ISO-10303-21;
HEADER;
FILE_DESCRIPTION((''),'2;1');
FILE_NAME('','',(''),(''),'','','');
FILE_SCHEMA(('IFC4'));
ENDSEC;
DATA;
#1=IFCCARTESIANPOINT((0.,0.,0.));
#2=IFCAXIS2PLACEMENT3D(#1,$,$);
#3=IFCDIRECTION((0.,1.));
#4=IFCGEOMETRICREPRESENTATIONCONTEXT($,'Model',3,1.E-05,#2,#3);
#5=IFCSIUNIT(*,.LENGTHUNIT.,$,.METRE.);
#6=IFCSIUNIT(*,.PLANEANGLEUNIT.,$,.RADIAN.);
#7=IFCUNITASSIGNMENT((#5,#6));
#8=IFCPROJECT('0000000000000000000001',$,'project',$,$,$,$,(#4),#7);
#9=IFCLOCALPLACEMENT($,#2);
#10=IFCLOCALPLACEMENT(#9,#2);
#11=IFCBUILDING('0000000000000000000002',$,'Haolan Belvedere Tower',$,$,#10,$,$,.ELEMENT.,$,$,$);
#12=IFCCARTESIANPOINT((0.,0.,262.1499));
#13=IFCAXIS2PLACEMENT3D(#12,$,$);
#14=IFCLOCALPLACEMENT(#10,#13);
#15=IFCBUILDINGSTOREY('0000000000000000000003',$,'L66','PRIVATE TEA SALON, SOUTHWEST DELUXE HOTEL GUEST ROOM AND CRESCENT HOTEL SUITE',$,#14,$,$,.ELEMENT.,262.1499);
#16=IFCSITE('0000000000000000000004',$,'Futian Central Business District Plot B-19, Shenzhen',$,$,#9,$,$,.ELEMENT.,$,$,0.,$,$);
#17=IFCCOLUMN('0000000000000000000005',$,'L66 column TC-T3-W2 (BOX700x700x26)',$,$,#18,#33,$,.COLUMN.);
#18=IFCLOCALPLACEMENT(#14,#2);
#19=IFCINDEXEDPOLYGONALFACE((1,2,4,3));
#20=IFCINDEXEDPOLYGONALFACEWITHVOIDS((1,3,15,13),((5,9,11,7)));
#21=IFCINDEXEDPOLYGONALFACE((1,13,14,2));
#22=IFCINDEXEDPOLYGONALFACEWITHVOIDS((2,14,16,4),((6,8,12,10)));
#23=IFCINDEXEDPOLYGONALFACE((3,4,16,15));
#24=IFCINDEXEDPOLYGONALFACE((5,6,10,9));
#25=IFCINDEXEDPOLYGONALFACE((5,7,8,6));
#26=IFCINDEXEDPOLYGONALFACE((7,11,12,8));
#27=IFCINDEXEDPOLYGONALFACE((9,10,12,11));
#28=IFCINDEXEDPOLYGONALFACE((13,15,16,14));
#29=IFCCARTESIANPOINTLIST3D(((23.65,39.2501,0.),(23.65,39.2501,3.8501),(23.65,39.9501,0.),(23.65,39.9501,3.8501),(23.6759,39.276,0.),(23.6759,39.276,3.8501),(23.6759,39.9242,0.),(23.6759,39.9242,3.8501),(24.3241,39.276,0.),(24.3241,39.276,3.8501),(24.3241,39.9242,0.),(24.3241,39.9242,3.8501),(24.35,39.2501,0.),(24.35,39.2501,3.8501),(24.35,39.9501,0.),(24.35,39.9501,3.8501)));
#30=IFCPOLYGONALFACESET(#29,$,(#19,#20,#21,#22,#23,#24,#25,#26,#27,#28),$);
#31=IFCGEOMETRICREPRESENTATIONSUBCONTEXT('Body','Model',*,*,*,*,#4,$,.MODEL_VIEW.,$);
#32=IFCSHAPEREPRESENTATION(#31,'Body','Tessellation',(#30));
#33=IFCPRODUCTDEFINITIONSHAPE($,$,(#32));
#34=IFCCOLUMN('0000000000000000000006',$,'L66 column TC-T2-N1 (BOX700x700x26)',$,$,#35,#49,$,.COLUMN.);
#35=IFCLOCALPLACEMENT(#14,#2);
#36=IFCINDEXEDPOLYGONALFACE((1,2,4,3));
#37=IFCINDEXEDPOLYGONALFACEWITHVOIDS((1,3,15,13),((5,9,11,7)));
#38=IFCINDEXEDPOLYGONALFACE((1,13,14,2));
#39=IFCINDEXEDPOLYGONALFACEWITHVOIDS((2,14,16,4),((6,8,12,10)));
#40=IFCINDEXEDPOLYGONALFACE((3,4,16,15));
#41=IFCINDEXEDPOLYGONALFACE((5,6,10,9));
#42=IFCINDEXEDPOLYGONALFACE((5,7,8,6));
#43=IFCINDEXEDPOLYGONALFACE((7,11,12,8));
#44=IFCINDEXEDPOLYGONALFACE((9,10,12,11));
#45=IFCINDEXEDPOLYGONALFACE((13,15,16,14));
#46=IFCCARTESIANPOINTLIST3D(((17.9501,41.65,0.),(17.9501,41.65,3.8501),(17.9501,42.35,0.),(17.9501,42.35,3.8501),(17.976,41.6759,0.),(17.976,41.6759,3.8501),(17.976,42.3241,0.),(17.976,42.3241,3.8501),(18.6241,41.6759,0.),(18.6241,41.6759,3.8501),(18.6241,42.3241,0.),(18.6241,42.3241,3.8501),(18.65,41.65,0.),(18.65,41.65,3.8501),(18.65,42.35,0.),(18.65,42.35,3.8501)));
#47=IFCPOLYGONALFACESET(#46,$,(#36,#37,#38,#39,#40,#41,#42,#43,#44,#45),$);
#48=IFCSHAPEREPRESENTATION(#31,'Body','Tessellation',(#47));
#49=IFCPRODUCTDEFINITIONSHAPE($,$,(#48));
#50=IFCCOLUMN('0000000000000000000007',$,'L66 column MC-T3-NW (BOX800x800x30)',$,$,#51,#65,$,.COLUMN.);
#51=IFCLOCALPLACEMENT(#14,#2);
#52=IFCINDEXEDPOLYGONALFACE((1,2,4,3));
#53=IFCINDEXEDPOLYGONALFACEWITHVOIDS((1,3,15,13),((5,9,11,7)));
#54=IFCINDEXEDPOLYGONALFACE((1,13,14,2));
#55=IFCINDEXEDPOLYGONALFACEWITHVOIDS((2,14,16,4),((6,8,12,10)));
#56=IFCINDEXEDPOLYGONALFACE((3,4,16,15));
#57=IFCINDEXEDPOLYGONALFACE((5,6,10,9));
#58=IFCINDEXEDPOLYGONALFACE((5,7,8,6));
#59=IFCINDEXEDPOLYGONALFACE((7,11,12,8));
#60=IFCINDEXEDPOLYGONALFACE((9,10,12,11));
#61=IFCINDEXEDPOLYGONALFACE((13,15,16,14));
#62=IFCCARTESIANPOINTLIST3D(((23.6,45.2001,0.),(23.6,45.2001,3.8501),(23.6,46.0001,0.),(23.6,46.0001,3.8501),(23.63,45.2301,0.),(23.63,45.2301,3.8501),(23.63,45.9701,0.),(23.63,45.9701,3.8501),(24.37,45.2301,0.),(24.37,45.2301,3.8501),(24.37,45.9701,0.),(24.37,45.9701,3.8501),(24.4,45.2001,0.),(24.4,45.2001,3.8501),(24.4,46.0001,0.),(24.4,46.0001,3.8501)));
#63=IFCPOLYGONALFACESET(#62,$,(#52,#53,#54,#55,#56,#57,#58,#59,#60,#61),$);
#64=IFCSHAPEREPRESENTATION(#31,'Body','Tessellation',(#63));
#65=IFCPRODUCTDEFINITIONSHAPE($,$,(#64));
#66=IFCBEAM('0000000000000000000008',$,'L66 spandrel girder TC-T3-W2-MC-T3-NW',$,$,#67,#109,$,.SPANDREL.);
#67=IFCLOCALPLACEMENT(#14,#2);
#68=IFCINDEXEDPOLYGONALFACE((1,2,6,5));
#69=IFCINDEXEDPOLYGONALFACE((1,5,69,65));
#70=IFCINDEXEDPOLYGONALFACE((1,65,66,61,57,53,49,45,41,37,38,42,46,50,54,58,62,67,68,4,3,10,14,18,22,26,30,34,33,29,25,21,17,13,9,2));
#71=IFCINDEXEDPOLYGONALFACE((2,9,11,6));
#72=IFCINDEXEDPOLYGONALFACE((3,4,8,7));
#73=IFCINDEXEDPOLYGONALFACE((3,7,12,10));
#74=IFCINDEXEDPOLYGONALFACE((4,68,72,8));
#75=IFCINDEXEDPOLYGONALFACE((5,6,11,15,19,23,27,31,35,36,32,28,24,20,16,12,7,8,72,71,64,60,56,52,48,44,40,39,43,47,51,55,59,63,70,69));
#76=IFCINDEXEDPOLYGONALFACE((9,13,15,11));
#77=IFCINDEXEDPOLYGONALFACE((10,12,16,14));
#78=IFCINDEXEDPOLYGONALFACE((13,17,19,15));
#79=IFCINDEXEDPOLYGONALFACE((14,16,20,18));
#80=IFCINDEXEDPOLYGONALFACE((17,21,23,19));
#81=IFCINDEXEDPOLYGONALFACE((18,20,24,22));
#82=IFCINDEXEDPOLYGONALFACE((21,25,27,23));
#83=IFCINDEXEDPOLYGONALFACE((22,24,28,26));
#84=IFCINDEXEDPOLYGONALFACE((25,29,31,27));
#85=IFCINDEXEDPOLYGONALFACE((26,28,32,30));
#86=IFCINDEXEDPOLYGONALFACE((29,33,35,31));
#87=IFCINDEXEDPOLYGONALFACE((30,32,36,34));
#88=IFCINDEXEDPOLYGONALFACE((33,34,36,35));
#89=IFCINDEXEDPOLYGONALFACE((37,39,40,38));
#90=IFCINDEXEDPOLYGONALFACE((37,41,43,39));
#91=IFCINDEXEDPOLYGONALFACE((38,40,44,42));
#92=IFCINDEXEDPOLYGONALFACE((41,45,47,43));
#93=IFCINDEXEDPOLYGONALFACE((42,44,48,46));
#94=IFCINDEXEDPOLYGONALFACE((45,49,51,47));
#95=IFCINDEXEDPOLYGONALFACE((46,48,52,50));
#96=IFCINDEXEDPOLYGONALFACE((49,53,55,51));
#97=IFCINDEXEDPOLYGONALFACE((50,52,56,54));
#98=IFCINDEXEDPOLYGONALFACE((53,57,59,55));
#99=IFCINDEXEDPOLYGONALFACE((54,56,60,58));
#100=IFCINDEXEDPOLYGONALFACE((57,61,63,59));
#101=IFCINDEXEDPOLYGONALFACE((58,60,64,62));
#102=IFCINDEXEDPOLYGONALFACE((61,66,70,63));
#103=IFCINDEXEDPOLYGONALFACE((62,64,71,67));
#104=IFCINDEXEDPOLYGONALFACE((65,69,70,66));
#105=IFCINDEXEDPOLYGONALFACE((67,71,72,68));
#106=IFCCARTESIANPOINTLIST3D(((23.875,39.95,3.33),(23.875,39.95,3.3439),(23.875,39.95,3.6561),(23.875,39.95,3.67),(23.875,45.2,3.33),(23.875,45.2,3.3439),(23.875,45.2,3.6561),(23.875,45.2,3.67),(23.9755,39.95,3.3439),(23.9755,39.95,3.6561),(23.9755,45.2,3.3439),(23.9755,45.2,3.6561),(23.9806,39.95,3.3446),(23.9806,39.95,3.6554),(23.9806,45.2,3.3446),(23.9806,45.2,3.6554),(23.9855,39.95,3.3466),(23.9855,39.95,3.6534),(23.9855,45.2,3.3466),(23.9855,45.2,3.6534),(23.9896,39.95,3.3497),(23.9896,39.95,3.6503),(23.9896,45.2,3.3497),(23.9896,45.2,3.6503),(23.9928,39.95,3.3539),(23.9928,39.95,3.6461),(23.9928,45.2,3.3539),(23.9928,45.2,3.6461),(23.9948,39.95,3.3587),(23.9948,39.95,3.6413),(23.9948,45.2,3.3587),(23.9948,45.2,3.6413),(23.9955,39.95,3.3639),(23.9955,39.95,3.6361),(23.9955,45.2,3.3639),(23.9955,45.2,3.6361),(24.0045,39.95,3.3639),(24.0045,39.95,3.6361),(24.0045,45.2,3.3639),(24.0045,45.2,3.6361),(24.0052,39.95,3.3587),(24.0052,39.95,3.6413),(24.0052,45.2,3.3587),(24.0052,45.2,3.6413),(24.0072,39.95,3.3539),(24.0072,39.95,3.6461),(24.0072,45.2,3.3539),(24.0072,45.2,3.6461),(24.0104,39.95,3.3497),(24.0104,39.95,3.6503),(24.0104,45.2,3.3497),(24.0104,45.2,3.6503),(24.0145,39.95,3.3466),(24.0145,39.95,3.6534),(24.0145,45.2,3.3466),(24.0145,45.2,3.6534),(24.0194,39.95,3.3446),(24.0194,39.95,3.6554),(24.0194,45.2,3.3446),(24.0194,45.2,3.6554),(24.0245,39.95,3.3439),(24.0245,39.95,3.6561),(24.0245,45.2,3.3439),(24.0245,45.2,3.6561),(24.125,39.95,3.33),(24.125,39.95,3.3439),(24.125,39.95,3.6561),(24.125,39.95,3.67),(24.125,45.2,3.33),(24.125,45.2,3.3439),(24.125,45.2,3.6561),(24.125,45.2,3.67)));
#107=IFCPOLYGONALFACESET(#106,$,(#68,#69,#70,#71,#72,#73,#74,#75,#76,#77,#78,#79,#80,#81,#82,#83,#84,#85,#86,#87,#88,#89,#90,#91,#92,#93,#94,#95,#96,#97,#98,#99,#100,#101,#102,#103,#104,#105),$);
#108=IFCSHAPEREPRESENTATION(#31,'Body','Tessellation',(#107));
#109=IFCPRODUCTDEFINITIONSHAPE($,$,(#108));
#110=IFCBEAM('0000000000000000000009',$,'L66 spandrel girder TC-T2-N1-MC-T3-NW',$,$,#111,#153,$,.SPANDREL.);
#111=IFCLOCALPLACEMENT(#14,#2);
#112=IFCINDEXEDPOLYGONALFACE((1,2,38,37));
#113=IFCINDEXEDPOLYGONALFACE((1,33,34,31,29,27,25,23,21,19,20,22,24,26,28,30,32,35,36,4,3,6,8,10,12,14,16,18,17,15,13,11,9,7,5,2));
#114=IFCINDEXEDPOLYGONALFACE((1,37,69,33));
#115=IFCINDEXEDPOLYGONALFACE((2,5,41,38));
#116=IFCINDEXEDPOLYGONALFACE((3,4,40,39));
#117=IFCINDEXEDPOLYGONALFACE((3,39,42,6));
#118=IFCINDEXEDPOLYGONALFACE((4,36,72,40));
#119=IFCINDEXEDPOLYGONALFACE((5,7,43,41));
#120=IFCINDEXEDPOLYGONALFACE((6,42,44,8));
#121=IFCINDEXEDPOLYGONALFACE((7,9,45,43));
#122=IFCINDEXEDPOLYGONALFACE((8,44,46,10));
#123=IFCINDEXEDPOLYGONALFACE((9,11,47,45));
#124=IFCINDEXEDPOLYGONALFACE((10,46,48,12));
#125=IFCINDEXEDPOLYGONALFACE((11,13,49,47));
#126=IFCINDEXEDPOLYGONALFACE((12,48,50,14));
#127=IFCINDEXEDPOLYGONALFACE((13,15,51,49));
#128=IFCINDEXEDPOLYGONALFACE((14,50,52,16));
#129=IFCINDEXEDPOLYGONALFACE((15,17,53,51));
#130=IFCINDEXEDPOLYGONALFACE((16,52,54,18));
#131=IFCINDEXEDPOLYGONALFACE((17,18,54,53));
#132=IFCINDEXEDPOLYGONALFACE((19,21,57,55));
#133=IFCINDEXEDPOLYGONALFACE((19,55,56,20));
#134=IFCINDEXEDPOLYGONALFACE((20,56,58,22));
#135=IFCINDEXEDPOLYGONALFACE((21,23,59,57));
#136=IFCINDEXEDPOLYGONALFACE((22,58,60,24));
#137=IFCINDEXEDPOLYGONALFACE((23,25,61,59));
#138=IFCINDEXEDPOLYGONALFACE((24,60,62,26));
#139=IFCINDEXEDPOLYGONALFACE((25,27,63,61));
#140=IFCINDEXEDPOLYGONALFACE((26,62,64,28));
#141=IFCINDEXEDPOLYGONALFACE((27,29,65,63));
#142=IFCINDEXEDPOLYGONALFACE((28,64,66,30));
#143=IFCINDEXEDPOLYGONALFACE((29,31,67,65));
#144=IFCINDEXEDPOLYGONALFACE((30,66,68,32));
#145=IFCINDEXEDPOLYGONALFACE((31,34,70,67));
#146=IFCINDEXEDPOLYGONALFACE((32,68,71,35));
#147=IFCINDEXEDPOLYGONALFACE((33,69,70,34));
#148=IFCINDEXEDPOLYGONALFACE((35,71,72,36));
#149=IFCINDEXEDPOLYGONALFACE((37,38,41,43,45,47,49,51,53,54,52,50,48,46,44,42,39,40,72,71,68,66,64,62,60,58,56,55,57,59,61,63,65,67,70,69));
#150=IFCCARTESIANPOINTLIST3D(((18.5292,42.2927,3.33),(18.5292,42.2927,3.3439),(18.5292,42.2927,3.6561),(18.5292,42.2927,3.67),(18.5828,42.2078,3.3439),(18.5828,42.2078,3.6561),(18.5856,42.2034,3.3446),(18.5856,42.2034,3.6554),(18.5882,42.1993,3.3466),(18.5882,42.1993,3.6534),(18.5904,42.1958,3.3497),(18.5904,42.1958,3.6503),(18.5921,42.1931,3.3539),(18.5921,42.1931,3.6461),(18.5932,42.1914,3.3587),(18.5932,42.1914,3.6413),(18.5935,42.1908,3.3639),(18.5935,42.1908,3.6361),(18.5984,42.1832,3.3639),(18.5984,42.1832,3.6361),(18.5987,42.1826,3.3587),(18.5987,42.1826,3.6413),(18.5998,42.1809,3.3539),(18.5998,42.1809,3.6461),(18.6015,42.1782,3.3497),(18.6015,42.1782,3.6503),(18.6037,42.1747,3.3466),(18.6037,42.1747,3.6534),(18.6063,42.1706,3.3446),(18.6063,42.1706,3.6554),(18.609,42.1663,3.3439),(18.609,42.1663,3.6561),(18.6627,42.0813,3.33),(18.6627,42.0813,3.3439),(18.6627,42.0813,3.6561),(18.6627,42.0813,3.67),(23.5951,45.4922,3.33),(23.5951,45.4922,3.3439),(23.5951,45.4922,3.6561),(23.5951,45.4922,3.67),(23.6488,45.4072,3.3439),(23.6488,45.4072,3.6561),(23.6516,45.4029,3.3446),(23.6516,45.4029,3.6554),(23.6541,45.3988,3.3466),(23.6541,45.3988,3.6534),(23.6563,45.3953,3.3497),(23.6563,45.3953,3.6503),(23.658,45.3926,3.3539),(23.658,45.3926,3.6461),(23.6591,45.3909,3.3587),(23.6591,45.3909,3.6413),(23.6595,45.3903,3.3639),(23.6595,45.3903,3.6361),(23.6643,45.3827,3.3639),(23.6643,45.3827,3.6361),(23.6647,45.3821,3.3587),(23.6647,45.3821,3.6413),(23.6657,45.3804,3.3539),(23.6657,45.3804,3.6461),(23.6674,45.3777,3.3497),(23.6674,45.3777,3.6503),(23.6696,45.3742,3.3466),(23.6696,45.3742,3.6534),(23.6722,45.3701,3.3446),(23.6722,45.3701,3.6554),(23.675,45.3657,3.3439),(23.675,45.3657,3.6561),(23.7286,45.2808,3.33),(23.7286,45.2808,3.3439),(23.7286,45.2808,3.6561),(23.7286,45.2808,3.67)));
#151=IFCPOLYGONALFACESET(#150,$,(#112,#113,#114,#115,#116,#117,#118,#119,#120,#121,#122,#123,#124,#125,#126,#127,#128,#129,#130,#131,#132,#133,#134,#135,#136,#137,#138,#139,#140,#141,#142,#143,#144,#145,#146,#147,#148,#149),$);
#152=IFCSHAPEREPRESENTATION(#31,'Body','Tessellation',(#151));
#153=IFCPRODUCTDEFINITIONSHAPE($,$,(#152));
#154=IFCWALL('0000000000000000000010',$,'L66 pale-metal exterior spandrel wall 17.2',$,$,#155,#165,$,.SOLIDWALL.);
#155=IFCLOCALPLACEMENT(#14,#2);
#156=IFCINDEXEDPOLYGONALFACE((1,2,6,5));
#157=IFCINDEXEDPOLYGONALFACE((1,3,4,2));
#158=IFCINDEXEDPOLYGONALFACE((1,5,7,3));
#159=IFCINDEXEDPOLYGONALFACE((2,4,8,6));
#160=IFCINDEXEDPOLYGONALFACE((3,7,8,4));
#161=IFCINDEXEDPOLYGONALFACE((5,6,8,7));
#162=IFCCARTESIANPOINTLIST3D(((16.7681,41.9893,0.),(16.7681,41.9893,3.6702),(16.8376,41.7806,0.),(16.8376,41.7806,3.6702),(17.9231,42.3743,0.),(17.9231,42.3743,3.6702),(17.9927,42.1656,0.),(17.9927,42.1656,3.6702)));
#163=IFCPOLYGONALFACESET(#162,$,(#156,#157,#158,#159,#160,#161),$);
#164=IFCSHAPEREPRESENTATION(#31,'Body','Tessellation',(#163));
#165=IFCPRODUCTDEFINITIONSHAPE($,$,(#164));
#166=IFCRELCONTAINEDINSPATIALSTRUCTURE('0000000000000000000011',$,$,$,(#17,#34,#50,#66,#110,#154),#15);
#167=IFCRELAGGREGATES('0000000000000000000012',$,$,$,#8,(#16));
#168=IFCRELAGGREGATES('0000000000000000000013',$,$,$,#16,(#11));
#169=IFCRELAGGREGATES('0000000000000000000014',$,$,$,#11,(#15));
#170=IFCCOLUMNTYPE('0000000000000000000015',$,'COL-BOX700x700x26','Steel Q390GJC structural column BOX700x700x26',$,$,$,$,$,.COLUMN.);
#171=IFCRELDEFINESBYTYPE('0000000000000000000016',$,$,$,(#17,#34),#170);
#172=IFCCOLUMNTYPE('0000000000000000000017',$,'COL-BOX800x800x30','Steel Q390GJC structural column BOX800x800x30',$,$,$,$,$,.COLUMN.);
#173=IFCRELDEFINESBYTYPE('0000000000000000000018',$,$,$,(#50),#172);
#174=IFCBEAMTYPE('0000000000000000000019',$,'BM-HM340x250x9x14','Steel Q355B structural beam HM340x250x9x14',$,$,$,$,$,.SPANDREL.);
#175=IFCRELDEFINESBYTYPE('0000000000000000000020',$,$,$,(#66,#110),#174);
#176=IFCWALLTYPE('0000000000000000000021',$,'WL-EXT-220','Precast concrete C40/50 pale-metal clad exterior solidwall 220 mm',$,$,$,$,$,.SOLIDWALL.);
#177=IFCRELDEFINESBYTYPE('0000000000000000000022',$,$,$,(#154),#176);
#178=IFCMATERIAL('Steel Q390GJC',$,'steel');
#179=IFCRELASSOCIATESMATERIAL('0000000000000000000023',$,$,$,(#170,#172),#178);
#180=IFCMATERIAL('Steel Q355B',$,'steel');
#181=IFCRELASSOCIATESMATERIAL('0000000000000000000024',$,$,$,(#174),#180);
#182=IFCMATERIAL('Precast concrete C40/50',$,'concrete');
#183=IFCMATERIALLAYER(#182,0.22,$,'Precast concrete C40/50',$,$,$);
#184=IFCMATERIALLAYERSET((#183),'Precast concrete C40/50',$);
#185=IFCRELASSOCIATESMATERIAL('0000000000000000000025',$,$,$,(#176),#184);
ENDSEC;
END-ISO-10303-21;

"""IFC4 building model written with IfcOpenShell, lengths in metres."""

from ifc_helpers import new_model, si_unit, direction, frame, frame_2d, origin, origin_2d, place, context, subcontext, project, spatial, rectangle, hollow_rectangle, i_section, extrude, material, layer, layer_set, material_profile, profile_set, type_object, element, save


model = new_model("IFC4")

# Units and contexts
model_context = context("Model", 3, precision=1e-05, world=origin(), true_north=direction((0.0, 1.0)))
body_context = subcontext(model_context, "Body", "Model", "MODEL_VIEW")
ifc_project = project(units=[si_unit("LENGTHUNIT", "METRE"), si_unit("PLANEANGLEUNIT", "RADIAN")], contexts=[model_context])

# Site, building, storey
site_placement = place(None, origin())
site = spatial("IfcSite", under=ifc_project, at=site_placement, Name="Futian Central Business District Plot B-19, Shenzhen", CompositionType="ELEMENT", RefElevation=0.0)
building_placement = place(site_placement, origin())
building = spatial("IfcBuilding", under=site, at=building_placement, Name="Haolan Belvedere Tower", CompositionType="ELEMENT")
storey_placement = place(building_placement, frame((0.0, 0.0, 262.1499)))
storey = spatial("IfcBuildingStorey", under=building, at=storey_placement, Name="L66", Description="PRIVATE TEA SALON, SOUTHWEST DELUXE HOTEL GUEST ROOM AND CRESCENT HOTEL SUITE", CompositionType="ELEMENT", Elevation=262.1499)

# Columns
ifc_material_1 = material(Name="Steel Q390GJC", Category="steel")
ifc_material_profile_1 = material_profile(ifc_material_1, hollow_rectangle(XDim=0.7, YDim=0.7, WallThickness=0.0259, at=origin_2d()), Name="Steel Q390GJC")
ifc_profile_set_1 = profile_set([ifc_material_profile_1], Name="Steel Q390GJC")
column_type_1 = type_object("IfcColumnType", Name="COL-BOX700x700x26", Description="Steel Q390GJC structural column BOX700x700x26", PredefinedType="COLUMN", material=ifc_profile_set_1)
for number, where, z_axis, x_axis, name in (
    (1, (24.0, 39.6001, 0.0), (0.0, 0.0, 1.0), (1.0, 0.0, 0.0), "L66 column TC-T3-W2 (BOX700x700x26)"),
    (2, (18.3, 42.0, 0.0), (0.0, 0.0, 1.0), (1.0, 0.0, 0.0), "L66 column TC-T2-N1 (BOX700x700x26)"),
):
    element("IfcColumn", number, at=place(storey_placement, frame(where, z_axis=z_axis, x_axis=x_axis)), inside=storey, type_object=column_type_1, Name=name, PredefinedType="COLUMN", context=body_context, shape_type="SweptSolid", body=[
        extrude(hollow_rectangle(XDim=0.7, YDim=0.7, WallThickness=0.0259, at=origin_2d()), origin(), (0.0, 0.0, 1.0), 3.8501),
    ])
ifc_material_profile_2 = material_profile(ifc_material_1, hollow_rectangle(XDim=0.8, YDim=0.8, WallThickness=0.03, at=origin_2d()), Name="Steel Q390GJC")
ifc_profile_set_2 = profile_set([ifc_material_profile_2], Name="Steel Q390GJC")
column_type_2 = type_object("IfcColumnType", Name="COL-BOX800x800x30", Description="Steel Q390GJC structural column BOX800x800x30", PredefinedType="COLUMN", material=ifc_profile_set_2)
column_placement = place(storey_placement, frame((24.0, 45.6001, 0.0), z_axis=(0.0, 0.0, 1.0), x_axis=(1.0, 0.0, 0.0)))
element("IfcColumn", 3, at=column_placement, inside=storey, type_object=column_type_2, Name="L66 column MC-T3-NW (BOX800x800x30)", PredefinedType="COLUMN", context=body_context, shape_type="SweptSolid", body=[
    extrude(hollow_rectangle(XDim=0.8, YDim=0.8, WallThickness=0.03, at=origin_2d()), origin(), (0.0, 0.0, 1.0), 3.8501),
])

# Beams
ifc_material_2 = material(Name="Steel Q355B", Category="steel")
ifc_material_profile_3 = material_profile(ifc_material_2, i_section(OverallWidth=0.25, OverallDepth=0.3401, WebThickness=0.009, FlangeThickness=0.0139, FilletRadius=0.02, at=origin_2d()), Name="Steel Q355B")
ifc_profile_set_3 = profile_set([ifc_material_profile_3], Name="Steel Q355B")
beam_type = type_object("IfcBeamType", Name="BM-HM340x250x9x14", Description="Steel Q355B structural beam HM340x250x9x14", PredefinedType="SPANDREL", material=ifc_profile_set_3)
beam_1_placement = place(storey_placement, frame((24.0, 39.95, 3.5), z_axis=(0.0, 1.0, 0.0), x_axis=(-1.0, 0.0, 0.0)))
element("IfcBeam", 4, at=beam_1_placement, inside=storey, type_object=beam_type, Name="L66 spandrel girder TC-T3-W2-MC-T3-NW", PredefinedType="SPANDREL", context=body_context, shape_type="SweptSolid", body=[
    extrude(i_section(OverallWidth=0.25, OverallDepth=0.3401, WebThickness=0.009, FlangeThickness=0.0139, FilletRadius=0.02, at=origin_2d()), origin(), (0.0, 0.0, 1.0), 5.25),
])
beam_2_placement = place(storey_placement, frame((18.5959, 42.187, 3.5), z_axis=(0.845494, 0.533985, 0.0), x_axis=(-0.533985, 0.845494, 0.0)))
element("IfcBeam", 5, at=beam_2_placement, inside=storey, type_object=beam_type, Name="L66 spandrel girder TC-T2-N1-MC-T3-NW", PredefinedType="SPANDREL", context=body_context, shape_type="SweptSolid", body=[
    extrude(i_section(OverallWidth=0.25, OverallDepth=0.3401, WebThickness=0.009, FlangeThickness=0.0139, FilletRadius=0.02, at=origin_2d()), origin(), (0.0, 0.0, 1.0), 5.9917),
])

# Wall
ifc_material_3 = material(Name="Precast concrete C40/50", Category="concrete")
ifc_layer_1 = layer(ifc_material_3, 0.22, Name="Precast concrete C40/50")
ifc_layer_set_1 = layer_set([ifc_layer_1], Name="Precast concrete C40/50")
wall_type_1 = type_object("IfcWallType", Name="WL-EXT-220", Description="Precast concrete C40/50 pale-metal clad exterior solidwall 220 mm", PredefinedType="SOLIDWALL", material=ifc_layer_set_1)
wall_1_placement = place(storey_placement, frame((17.958, 42.27, 0.0), z_axis=(0.0, 0.0, 1.0), x_axis=(-0.948683, -0.316228, 0.0)))
element("IfcWall", 6, at=wall_1_placement, inside=storey, type_object=wall_type_1, Name="L66 pale-metal exterior spandrel wall 17.2", PredefinedType="SOLIDWALL", context=body_context, shape_type="SweptSolid", body=[
    extrude(rectangle(XDim=1.2175, YDim=0.22, at=frame_2d((0.6089, 0.0))), origin(), (0.0, 0.0, 1.0), 3.6702),
])

save(model, "model.ifc")
